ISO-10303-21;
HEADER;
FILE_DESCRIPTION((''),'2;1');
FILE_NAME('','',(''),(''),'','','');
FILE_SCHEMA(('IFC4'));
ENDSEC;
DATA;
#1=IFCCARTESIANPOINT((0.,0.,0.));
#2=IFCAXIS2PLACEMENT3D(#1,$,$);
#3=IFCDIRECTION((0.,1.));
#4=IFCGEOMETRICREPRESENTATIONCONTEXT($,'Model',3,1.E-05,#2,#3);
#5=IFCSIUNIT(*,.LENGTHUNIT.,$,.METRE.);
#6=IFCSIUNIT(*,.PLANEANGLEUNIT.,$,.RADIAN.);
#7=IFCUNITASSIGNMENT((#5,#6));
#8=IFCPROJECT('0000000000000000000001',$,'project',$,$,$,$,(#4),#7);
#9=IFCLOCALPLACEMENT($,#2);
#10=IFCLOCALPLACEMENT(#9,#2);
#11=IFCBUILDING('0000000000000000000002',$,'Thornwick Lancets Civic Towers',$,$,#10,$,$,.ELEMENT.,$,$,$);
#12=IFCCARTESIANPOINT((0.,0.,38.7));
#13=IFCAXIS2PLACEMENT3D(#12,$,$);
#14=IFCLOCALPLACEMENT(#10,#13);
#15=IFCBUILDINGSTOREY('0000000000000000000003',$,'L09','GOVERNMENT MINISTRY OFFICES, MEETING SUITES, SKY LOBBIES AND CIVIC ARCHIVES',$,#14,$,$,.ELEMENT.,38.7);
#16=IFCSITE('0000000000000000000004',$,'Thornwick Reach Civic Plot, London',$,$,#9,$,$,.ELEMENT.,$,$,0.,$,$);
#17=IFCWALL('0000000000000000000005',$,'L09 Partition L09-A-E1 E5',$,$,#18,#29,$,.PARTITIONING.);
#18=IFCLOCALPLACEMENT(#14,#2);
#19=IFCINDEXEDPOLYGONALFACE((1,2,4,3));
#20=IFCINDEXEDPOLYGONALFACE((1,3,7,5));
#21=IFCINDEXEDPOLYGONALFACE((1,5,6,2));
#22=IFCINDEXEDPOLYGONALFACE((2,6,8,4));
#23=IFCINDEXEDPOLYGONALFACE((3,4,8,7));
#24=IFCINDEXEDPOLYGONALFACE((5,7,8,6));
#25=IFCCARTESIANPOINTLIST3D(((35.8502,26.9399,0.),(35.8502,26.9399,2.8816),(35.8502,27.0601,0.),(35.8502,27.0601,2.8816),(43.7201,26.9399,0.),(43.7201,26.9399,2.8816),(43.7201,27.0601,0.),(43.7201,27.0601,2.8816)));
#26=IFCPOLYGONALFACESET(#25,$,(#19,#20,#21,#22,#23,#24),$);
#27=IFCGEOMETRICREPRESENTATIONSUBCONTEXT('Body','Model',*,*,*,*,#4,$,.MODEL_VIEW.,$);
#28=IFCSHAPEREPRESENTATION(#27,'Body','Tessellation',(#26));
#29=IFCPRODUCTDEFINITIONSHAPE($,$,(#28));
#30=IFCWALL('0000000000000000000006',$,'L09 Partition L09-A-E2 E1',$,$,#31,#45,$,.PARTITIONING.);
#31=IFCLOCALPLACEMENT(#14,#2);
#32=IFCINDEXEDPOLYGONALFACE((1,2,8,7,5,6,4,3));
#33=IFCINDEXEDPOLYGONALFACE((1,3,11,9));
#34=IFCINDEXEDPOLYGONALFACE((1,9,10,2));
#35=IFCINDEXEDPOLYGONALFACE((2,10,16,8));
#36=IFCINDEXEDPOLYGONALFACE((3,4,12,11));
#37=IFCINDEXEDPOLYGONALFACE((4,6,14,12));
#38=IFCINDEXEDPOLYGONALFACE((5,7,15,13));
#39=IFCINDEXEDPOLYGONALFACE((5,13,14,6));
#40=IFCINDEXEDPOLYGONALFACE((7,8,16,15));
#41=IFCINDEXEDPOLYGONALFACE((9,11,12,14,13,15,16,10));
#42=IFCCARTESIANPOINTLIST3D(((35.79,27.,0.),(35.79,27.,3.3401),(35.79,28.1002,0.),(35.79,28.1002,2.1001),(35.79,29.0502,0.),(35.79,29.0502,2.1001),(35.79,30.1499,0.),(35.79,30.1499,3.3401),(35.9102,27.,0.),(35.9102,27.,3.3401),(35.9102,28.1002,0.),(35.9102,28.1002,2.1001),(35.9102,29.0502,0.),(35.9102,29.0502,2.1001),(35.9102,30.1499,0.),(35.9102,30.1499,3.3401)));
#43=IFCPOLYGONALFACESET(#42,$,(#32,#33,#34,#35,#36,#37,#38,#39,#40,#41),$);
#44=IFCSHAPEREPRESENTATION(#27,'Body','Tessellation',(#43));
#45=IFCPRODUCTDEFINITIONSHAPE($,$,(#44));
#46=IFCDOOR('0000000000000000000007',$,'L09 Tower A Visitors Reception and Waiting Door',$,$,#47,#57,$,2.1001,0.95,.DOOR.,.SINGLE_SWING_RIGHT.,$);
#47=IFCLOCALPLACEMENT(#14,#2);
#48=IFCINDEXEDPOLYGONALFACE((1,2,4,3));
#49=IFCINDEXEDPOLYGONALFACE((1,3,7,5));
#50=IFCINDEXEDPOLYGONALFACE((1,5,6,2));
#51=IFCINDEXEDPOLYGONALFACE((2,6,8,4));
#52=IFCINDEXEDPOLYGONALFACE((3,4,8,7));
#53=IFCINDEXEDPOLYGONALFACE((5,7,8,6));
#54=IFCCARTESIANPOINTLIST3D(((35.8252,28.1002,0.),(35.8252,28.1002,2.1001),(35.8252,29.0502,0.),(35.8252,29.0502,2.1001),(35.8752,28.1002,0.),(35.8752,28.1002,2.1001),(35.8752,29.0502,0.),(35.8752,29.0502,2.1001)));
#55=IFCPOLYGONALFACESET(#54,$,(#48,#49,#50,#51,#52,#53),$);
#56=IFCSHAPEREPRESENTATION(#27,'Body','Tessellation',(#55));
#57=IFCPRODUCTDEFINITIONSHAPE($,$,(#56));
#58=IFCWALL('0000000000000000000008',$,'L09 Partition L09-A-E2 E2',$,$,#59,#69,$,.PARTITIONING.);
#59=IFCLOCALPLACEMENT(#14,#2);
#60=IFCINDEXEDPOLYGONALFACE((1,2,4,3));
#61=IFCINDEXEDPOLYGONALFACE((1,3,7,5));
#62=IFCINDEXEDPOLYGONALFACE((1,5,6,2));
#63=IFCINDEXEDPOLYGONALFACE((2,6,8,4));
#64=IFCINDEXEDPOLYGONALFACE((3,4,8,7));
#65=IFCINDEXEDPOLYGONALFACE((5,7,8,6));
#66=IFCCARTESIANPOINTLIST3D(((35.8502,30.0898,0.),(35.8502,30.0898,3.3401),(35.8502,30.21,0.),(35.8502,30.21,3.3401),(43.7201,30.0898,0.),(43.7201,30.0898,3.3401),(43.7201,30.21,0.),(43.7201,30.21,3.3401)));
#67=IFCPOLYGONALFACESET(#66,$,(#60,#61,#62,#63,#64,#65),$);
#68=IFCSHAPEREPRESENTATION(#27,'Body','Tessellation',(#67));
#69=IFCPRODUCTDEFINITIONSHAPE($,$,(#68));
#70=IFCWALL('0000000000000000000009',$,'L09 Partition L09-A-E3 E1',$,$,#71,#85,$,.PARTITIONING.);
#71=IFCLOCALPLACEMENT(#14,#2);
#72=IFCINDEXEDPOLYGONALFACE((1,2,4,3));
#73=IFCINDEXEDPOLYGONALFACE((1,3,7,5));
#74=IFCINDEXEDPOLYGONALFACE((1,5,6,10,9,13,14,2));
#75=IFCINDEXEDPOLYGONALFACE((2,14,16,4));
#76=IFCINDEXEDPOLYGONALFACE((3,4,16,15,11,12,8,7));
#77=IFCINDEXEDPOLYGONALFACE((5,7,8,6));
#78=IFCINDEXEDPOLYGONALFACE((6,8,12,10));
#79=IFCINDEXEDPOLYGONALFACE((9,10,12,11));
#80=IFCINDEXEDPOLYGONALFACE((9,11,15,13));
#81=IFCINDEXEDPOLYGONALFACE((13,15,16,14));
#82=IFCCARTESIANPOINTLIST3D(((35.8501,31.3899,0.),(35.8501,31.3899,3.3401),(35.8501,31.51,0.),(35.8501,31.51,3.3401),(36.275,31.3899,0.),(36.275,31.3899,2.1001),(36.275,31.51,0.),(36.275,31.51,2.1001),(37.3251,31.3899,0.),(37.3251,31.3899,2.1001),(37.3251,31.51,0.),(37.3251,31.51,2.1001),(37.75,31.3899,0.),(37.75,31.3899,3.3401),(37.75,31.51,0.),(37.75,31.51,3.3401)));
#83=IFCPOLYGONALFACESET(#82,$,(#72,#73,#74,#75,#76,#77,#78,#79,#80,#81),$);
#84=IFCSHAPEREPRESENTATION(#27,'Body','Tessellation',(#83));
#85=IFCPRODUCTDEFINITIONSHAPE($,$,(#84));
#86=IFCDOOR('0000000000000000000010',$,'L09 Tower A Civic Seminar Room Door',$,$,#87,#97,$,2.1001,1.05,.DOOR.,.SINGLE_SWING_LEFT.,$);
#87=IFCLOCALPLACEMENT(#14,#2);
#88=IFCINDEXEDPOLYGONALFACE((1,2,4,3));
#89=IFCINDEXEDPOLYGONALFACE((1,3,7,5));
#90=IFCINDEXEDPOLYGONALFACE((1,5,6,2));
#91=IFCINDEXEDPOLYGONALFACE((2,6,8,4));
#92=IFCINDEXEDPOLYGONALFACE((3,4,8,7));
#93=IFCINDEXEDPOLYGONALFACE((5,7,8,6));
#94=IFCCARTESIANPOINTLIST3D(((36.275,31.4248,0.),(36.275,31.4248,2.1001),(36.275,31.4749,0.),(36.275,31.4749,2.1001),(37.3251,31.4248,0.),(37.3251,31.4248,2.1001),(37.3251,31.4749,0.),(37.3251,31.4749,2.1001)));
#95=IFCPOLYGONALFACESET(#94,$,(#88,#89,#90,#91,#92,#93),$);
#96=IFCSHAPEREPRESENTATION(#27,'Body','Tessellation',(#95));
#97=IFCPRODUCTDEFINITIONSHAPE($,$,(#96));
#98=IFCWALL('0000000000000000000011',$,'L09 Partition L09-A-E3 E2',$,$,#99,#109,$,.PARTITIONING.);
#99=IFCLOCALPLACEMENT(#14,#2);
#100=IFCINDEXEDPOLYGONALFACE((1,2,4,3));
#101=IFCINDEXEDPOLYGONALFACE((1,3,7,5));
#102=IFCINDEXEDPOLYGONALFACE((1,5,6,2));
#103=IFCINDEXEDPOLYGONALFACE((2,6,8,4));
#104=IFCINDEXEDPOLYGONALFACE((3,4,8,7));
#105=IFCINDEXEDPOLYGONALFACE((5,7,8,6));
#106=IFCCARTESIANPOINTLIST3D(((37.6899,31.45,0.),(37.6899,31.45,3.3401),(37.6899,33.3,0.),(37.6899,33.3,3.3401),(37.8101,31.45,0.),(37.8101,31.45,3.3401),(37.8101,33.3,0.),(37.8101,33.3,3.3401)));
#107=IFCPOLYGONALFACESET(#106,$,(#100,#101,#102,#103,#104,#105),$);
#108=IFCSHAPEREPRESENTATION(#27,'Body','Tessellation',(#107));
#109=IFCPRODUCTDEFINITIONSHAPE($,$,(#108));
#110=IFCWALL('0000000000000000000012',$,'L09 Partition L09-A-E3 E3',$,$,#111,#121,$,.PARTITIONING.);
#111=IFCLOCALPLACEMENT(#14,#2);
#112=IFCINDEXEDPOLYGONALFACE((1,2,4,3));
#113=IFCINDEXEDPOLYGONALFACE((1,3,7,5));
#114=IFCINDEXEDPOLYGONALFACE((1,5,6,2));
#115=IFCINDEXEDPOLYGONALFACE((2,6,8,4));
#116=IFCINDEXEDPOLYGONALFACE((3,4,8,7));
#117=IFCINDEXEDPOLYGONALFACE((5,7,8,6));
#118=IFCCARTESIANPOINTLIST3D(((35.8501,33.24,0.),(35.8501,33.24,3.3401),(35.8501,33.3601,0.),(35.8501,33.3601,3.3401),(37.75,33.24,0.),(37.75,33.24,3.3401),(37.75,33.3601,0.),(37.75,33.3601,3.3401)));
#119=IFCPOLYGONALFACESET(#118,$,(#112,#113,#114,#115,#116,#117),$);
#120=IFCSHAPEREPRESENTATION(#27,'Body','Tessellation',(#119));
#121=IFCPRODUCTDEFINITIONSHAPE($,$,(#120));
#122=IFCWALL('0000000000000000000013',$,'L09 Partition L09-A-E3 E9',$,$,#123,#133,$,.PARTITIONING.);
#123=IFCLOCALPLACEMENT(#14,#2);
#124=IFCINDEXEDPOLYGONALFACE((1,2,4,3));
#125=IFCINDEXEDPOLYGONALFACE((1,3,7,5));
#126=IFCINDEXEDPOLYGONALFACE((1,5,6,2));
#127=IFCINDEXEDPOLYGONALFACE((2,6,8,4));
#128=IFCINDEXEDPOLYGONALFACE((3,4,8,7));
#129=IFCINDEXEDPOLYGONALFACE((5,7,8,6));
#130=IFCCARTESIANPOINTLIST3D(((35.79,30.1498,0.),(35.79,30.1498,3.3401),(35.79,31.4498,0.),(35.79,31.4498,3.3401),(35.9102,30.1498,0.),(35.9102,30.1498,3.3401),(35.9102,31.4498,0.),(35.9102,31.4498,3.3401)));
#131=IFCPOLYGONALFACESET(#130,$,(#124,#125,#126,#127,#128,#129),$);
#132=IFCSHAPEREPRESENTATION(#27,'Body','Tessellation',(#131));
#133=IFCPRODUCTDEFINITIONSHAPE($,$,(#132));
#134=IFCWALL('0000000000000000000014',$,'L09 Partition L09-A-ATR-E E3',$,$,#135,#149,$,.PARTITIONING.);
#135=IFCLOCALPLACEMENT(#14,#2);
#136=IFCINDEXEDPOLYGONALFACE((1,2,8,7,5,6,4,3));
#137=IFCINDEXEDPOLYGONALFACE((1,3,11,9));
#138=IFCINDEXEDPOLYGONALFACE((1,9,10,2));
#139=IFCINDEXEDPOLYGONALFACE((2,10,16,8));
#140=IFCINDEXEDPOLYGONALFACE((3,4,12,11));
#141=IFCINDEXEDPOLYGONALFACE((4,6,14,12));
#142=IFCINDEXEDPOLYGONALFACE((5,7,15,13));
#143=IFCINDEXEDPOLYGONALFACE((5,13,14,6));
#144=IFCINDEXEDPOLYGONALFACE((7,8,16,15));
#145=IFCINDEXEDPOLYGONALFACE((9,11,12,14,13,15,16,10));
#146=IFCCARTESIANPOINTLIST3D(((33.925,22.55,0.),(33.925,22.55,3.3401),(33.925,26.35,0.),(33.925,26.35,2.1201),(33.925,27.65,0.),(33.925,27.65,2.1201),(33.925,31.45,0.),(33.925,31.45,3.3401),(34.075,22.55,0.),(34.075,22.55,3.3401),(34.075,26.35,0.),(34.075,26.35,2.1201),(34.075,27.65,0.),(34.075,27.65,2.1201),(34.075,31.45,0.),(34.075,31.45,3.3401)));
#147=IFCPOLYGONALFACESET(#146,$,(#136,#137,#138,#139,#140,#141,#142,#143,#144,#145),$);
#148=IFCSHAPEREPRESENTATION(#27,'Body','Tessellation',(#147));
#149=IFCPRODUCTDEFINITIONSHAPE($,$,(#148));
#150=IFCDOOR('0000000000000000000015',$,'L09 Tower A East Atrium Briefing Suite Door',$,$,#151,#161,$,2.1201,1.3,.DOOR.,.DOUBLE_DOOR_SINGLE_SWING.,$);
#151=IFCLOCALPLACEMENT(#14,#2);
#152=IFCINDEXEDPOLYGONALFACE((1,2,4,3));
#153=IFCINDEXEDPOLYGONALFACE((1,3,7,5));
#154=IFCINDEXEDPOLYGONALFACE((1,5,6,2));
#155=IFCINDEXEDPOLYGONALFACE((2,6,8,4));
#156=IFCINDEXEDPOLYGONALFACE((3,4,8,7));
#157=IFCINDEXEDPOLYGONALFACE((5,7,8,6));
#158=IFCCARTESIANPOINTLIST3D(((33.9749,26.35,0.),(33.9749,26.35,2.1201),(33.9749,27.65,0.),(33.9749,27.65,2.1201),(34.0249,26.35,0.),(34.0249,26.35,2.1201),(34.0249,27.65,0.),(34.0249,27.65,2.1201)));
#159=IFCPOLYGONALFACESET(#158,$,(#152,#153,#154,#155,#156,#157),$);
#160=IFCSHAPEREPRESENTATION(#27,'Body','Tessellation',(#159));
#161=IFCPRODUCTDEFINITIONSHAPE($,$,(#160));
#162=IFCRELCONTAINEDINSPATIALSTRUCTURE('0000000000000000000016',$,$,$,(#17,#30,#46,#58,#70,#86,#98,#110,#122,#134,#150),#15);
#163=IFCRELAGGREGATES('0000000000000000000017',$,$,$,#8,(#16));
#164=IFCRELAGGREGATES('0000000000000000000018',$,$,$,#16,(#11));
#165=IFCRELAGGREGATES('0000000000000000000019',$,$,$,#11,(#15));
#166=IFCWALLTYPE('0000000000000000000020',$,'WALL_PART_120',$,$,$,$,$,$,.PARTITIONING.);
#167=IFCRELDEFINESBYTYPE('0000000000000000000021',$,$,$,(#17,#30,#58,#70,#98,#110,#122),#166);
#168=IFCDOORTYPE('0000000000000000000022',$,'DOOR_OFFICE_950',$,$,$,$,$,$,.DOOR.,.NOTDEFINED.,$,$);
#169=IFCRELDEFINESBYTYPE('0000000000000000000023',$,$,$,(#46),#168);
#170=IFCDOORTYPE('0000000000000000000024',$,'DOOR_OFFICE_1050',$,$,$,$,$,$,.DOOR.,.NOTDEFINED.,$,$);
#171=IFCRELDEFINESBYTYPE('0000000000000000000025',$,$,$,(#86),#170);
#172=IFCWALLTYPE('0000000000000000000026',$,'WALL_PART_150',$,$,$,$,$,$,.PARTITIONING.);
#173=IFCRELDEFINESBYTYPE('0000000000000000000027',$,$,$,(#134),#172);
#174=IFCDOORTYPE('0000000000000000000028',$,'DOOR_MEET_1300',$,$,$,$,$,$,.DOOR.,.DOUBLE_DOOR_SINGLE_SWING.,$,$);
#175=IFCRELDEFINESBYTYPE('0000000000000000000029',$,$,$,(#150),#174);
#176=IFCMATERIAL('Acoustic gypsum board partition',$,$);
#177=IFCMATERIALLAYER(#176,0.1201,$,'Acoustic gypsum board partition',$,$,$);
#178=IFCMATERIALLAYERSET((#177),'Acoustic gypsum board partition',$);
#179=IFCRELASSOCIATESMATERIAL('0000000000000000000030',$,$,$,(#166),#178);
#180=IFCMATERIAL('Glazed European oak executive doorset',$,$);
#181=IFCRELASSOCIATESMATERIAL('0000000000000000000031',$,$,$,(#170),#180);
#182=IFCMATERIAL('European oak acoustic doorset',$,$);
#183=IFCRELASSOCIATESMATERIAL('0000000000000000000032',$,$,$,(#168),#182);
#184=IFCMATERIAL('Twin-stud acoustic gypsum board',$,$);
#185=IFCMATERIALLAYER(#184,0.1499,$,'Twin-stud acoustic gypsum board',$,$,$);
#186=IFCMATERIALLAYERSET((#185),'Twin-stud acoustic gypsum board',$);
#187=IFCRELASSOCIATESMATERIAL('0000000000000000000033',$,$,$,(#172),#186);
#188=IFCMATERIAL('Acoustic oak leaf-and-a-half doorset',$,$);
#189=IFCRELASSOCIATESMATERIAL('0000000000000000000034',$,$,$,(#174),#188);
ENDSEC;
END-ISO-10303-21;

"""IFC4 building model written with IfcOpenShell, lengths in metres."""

from ifc_helpers import new_model, si_unit, direction, frame, frame_2d, origin, place, context, subcontext, project, spatial, rectangle, extrude, material, layer, layer_set, type_object, element, fill, save


model = new_model("IFC4")

# Units and contexts
model_context = context("Model", 3, precision=1e-05, world=origin(), true_north=direction((0.0, 1.0)))
body_context = subcontext(model_context, "Body", "Model", "MODEL_VIEW")
ifc_project = project(units=[si_unit("LENGTHUNIT", "METRE"), si_unit("PLANEANGLEUNIT", "RADIAN")], contexts=[model_context])

# Site, building, storey
site_placement = place(None, origin())
site = spatial("IfcSite", under=ifc_project, at=site_placement, Name="Thornwick Reach Civic Plot, London", CompositionType="ELEMENT", RefElevation=0.0)
building_placement = place(site_placement, origin())
building = spatial("IfcBuilding", under=site, at=building_placement, Name="Thornwick Lancets Civic Towers", CompositionType="ELEMENT")
storey_placement = place(building_placement, frame((0.0, 0.0, 38.7)))
storey = spatial("IfcBuildingStorey", under=building, at=storey_placement, Name="L09", Description="GOVERNMENT MINISTRY OFFICES, MEETING SUITES, SKY LOBBIES AND CIVIC ARCHIVES", CompositionType="ELEMENT", Elevation=38.7)

# Shared definitions
ifc_material_1 = material(Name="Acoustic gypsum board partition")
ifc_layer_1 = layer(ifc_material_1, 0.1201, Name="Acoustic gypsum board partition")
ifc_layer_set_1 = layer_set([ifc_layer_1], Name="Acoustic gypsum board partition")
wall_type_1 = type_object("IfcWallType", Name="WALL_PART_120", PredefinedType="PARTITIONING", material=ifc_layer_set_1)

# Shared definitions
ifc_material_2 = material(Name="Glazed European oak executive doorset")
door_type_1 = type_object("IfcDoorType", Name="DOOR_OFFICE_1050", OperationType="NOTDEFINED", PredefinedType="DOOR", material=ifc_material_2)

# Wall
wall_1_placement = place(storey_placement, frame((35.8501, 27.0, 0.0), z_axis=(0.0, 0.0, 1.0), x_axis=(1.0, 0.0, 0.0)))
element("IfcWall", 1, at=wall_1_placement, inside=storey, type_object=wall_type_1, Name="L09 Partition L09-A-E1 E5", PredefinedType="PARTITIONING", context=body_context, shape_type="SweptSolid", body=[
    extrude(rectangle(XDim=7.8699, YDim=0.1201, at=frame_2d((3.9351, 0.0))), origin(), (0.0, 0.0, 1.0), 2.8816),
])

# Wall, opening, door
wall_2_placement = place(storey_placement, frame((35.8501, 27.0, 0.0), z_axis=(0.0, 0.0, 1.0), x_axis=(0.0, 1.0, 0.0)))
wall_2 = element("IfcWall", 2, at=wall_2_placement, inside=storey, type_object=wall_type_1, Name="L09 Partition L09-A-E2 E1", PredefinedType="PARTITIONING", context=body_context, shape_type="SweptSolid", body=[
    extrude(rectangle(XDim=3.1499, YDim=0.1201, at=frame_2d((1.575, 0.0))), origin(), (0.0, 0.0, 1.0), 3.3401),
])
opening_1_placement = place(wall_2_placement, frame((1.1001, 0.0, 0.0)))
opening_1 = element("IfcOpeningElement", 3, at=opening_1_placement, cuts=wall_2, PredefinedType="OPENING", context=body_context, shape_type="SweptSolid", body=[
    extrude(rectangle(XDim=0.95, YDim=2.1001, at=frame_2d((0.4751, 1.05))), frame((0.0, 0.0701, 0.0), z_axis=(0.0, -1.0, 0.0), x_axis=(1.0, 0.0, 0.0)), (0.0, 0.0, 1.0), 0.1401),
])
ifc_material_3 = material(Name="European oak acoustic doorset")
door_type_2 = type_object("IfcDoorType", Name="DOOR_OFFICE_950", OperationType="NOTDEFINED", PredefinedType="DOOR", material=ifc_material_3)
door_1_placement = place(opening_1_placement, origin())
door_1 = element("IfcDoor", 4, at=door_1_placement, inside=storey, type_object=door_type_2, Name="L09 Tower A Visitors Reception and Waiting Door", OperationType="SINGLE_SWING_RIGHT", OverallHeight=2.1001, OverallWidth=0.95, PredefinedType="DOOR", context=body_context, shape_type="SweptSolid", body=[
    extrude(rectangle(XDim=0.95, YDim=2.1001, at=frame_2d((0.4751, 1.05))), frame((0.0, 0.0249, 0.0), z_axis=(0.0, -1.0, 0.0), x_axis=(1.0, 0.0, 0.0)), (0.0, 0.0, 1.0), 0.05),
])
fill(opening_1, door_1)

# Wall
wall_3_placement = place(storey_placement, frame((35.8501, 30.1499, 0.0), z_axis=(0.0, 0.0, 1.0), x_axis=(1.0, 0.0, 0.0)))
element("IfcWall", 5, at=wall_3_placement, inside=storey, type_object=wall_type_1, Name="L09 Partition L09-A-E2 E2", PredefinedType="PARTITIONING", context=body_context, shape_type="SweptSolid", body=[
    extrude(rectangle(XDim=7.8699, YDim=0.1201, at=frame_2d((3.9351, 0.0))), origin(), (0.0, 0.0, 1.0), 3.3401),
])

# Wall, opening, door
wall_4_placement = place(storey_placement, frame((35.8501, 31.45, 0.0), z_axis=(0.0, 0.0, 1.0), x_axis=(1.0, 0.0, 0.0)))
wall_4 = element("IfcWall", 6, at=wall_4_placement, inside=storey, type_object=wall_type_1, Name="L09 Partition L09-A-E3 E1", PredefinedType="PARTITIONING", context=body_context, shape_type="SweptSolid", body=[
    extrude(rectangle(XDim=1.8999, YDim=0.1201, at=frame_2d((0.95, 0.0))), origin(), (0.0, 0.0, 1.0), 3.3401),
])
opening_2_placement = place(wall_4_placement, frame((0.425, 0.0, 0.0)))
opening_2 = element("IfcOpeningElement", 7, at=opening_2_placement, cuts=wall_4, PredefinedType="OPENING", context=body_context, shape_type="SweptSolid", body=[
    extrude(rectangle(XDim=1.05, YDim=2.1001, at=frame_2d((0.5249, 1.05))), frame((0.0, 0.0701, 0.0), z_axis=(0.0, -1.0, 0.0), x_axis=(1.0, 0.0, 0.0)), (0.0, 0.0, 1.0), 0.1401),
])
door_2_placement = place(opening_2_placement, origin())
door_2 = element("IfcDoor", 8, at=door_2_placement, inside=storey, type_object=door_type_1, Name="L09 Tower A Civic Seminar Room Door", OperationType="SINGLE_SWING_LEFT", OverallHeight=2.1001, OverallWidth=1.05, PredefinedType="DOOR", context=body_context, shape_type="SweptSolid", body=[
    extrude(rectangle(XDim=1.05, YDim=2.1001, at=frame_2d((0.5249, 1.05))), frame((0.0, 0.0249, 0.0), z_axis=(0.0, -1.0, 0.0), x_axis=(1.0, 0.0, 0.0)), (0.0, 0.0, 1.0), 0.05),
])
fill(opening_2, door_2)

# Walls
wall_5_placement = place(storey_placement, frame((37.75, 31.45, 0.0), z_axis=(0.0, 0.0, 1.0), x_axis=(0.0, 1.0, 0.0)))
element("IfcWall", 9, at=wall_5_placement, inside=storey, type_object=wall_type_1, Name="L09 Partition L09-A-E3 E2", PredefinedType="PARTITIONING", context=body_context, shape_type="SweptSolid", body=[
    extrude(rectangle(XDim=1.8501, YDim=0.1201, at=frame_2d((0.925, 0.0))), origin(), (0.0, 0.0, 1.0), 3.3401),
])
wall_6_placement = place(storey_placement, frame((37.75, 33.3, 0.0), z_axis=(0.0, 0.0, 1.0), x_axis=(-1.0, 0.0, 0.0)))
element("IfcWall", 10, at=wall_6_placement, inside=storey, type_object=wall_type_1, Name="L09 Partition L09-A-E3 E3", PredefinedType="PARTITIONING", context=body_context, shape_type="SweptSolid", body=[
    extrude(rectangle(XDim=1.8999, YDim=0.1201, at=frame_2d((0.95, 0.0))), origin(), (0.0, 0.0, 1.0), 3.3401),
])
wall_7_placement = place(storey_placement, frame((35.8501, 30.1499, 0.0), z_axis=(0.0, 0.0, 1.0), x_axis=(0.0, 1.0, 0.0)))
element("IfcWall", 11, at=wall_7_placement, inside=storey, type_object=wall_type_1, Name="L09 Partition L09-A-E3 E9", PredefinedType="PARTITIONING", context=body_context, shape_type="SweptSolid", body=[
    extrude(rectangle(XDim=1.3, YDim=0.1201, at=frame_2d((0.6499, 0.0))), origin(), (0.0, 0.0, 1.0), 3.3401),
])

# Wall, opening, door
ifc_material_4 = material(Name="Twin-stud acoustic gypsum board")
ifc_layer_2 = layer(ifc_material_4, 0.1499, Name="Twin-stud acoustic gypsum board")
ifc_layer_set_2 = layer_set([ifc_layer_2], Name="Twin-stud acoustic gypsum board")
wall_type_2 = type_object("IfcWallType", Name="WALL_PART_150", PredefinedType="PARTITIONING", material=ifc_layer_set_2)
wall_8_placement = place(storey_placement, frame((34.0, 31.45, 0.0), z_axis=(0.0, 0.0, 1.0), x_axis=(0.0, -1.0, 0.0)))
wall_8 = element("IfcWall", 12, at=wall_8_placement, inside=storey, type_object=wall_type_2, Name="L09 Partition L09-A-ATR-E E3", PredefinedType="PARTITIONING", context=body_context, shape_type="SweptSolid", body=[
    extrude(rectangle(XDim=8.8999, YDim=0.1499, at=frame_2d((4.45, 0.0))), origin(), (0.0, 0.0, 1.0), 3.3401),
])
opening_3_placement = place(wall_8_placement, frame((3.8, 0.0, 0.0)))
opening_3 = element("IfcOpeningElement", 13, at=opening_3_placement, cuts=wall_8, PredefinedType="OPENING", context=body_context, shape_type="SweptSolid", body=[
    extrude(rectangle(XDim=1.3, YDim=2.1201, at=frame_2d((0.6499, 1.0601))), frame((0.0, 0.085, 0.0), z_axis=(0.0, -1.0, 0.0), x_axis=(1.0, 0.0, 0.0)), (0.0, 0.0, 1.0), 0.1699),
])
ifc_material_5 = material(Name="Acoustic oak leaf-and-a-half doorset")
door_type_3 = type_object("IfcDoorType", Name="DOOR_MEET_1300", OperationType="DOUBLE_DOOR_SINGLE_SWING", PredefinedType="DOOR", material=ifc_material_5)
door_3_placement = place(opening_3_placement, origin())
door_3 = element("IfcDoor", 14, at=door_3_placement, inside=storey, type_object=door_type_3, Name="L09 Tower A East Atrium Briefing Suite Door", OperationType="DOUBLE_DOOR_SINGLE_SWING", OverallHeight=2.1201, OverallWidth=1.3, PredefinedType="DOOR", context=body_context, shape_type="SweptSolid", body=[
    extrude(rectangle(XDim=1.3, YDim=2.1201, at=frame_2d((0.6499, 1.0601))), frame((0.0, 0.0249, 0.0), z_axis=(0.0, -1.0, 0.0), x_axis=(1.0, 0.0, 0.0)), (0.0, 0.0, 1.0), 0.05),
])
fill(opening_3, door_3)

save(model, "model.ifc")
